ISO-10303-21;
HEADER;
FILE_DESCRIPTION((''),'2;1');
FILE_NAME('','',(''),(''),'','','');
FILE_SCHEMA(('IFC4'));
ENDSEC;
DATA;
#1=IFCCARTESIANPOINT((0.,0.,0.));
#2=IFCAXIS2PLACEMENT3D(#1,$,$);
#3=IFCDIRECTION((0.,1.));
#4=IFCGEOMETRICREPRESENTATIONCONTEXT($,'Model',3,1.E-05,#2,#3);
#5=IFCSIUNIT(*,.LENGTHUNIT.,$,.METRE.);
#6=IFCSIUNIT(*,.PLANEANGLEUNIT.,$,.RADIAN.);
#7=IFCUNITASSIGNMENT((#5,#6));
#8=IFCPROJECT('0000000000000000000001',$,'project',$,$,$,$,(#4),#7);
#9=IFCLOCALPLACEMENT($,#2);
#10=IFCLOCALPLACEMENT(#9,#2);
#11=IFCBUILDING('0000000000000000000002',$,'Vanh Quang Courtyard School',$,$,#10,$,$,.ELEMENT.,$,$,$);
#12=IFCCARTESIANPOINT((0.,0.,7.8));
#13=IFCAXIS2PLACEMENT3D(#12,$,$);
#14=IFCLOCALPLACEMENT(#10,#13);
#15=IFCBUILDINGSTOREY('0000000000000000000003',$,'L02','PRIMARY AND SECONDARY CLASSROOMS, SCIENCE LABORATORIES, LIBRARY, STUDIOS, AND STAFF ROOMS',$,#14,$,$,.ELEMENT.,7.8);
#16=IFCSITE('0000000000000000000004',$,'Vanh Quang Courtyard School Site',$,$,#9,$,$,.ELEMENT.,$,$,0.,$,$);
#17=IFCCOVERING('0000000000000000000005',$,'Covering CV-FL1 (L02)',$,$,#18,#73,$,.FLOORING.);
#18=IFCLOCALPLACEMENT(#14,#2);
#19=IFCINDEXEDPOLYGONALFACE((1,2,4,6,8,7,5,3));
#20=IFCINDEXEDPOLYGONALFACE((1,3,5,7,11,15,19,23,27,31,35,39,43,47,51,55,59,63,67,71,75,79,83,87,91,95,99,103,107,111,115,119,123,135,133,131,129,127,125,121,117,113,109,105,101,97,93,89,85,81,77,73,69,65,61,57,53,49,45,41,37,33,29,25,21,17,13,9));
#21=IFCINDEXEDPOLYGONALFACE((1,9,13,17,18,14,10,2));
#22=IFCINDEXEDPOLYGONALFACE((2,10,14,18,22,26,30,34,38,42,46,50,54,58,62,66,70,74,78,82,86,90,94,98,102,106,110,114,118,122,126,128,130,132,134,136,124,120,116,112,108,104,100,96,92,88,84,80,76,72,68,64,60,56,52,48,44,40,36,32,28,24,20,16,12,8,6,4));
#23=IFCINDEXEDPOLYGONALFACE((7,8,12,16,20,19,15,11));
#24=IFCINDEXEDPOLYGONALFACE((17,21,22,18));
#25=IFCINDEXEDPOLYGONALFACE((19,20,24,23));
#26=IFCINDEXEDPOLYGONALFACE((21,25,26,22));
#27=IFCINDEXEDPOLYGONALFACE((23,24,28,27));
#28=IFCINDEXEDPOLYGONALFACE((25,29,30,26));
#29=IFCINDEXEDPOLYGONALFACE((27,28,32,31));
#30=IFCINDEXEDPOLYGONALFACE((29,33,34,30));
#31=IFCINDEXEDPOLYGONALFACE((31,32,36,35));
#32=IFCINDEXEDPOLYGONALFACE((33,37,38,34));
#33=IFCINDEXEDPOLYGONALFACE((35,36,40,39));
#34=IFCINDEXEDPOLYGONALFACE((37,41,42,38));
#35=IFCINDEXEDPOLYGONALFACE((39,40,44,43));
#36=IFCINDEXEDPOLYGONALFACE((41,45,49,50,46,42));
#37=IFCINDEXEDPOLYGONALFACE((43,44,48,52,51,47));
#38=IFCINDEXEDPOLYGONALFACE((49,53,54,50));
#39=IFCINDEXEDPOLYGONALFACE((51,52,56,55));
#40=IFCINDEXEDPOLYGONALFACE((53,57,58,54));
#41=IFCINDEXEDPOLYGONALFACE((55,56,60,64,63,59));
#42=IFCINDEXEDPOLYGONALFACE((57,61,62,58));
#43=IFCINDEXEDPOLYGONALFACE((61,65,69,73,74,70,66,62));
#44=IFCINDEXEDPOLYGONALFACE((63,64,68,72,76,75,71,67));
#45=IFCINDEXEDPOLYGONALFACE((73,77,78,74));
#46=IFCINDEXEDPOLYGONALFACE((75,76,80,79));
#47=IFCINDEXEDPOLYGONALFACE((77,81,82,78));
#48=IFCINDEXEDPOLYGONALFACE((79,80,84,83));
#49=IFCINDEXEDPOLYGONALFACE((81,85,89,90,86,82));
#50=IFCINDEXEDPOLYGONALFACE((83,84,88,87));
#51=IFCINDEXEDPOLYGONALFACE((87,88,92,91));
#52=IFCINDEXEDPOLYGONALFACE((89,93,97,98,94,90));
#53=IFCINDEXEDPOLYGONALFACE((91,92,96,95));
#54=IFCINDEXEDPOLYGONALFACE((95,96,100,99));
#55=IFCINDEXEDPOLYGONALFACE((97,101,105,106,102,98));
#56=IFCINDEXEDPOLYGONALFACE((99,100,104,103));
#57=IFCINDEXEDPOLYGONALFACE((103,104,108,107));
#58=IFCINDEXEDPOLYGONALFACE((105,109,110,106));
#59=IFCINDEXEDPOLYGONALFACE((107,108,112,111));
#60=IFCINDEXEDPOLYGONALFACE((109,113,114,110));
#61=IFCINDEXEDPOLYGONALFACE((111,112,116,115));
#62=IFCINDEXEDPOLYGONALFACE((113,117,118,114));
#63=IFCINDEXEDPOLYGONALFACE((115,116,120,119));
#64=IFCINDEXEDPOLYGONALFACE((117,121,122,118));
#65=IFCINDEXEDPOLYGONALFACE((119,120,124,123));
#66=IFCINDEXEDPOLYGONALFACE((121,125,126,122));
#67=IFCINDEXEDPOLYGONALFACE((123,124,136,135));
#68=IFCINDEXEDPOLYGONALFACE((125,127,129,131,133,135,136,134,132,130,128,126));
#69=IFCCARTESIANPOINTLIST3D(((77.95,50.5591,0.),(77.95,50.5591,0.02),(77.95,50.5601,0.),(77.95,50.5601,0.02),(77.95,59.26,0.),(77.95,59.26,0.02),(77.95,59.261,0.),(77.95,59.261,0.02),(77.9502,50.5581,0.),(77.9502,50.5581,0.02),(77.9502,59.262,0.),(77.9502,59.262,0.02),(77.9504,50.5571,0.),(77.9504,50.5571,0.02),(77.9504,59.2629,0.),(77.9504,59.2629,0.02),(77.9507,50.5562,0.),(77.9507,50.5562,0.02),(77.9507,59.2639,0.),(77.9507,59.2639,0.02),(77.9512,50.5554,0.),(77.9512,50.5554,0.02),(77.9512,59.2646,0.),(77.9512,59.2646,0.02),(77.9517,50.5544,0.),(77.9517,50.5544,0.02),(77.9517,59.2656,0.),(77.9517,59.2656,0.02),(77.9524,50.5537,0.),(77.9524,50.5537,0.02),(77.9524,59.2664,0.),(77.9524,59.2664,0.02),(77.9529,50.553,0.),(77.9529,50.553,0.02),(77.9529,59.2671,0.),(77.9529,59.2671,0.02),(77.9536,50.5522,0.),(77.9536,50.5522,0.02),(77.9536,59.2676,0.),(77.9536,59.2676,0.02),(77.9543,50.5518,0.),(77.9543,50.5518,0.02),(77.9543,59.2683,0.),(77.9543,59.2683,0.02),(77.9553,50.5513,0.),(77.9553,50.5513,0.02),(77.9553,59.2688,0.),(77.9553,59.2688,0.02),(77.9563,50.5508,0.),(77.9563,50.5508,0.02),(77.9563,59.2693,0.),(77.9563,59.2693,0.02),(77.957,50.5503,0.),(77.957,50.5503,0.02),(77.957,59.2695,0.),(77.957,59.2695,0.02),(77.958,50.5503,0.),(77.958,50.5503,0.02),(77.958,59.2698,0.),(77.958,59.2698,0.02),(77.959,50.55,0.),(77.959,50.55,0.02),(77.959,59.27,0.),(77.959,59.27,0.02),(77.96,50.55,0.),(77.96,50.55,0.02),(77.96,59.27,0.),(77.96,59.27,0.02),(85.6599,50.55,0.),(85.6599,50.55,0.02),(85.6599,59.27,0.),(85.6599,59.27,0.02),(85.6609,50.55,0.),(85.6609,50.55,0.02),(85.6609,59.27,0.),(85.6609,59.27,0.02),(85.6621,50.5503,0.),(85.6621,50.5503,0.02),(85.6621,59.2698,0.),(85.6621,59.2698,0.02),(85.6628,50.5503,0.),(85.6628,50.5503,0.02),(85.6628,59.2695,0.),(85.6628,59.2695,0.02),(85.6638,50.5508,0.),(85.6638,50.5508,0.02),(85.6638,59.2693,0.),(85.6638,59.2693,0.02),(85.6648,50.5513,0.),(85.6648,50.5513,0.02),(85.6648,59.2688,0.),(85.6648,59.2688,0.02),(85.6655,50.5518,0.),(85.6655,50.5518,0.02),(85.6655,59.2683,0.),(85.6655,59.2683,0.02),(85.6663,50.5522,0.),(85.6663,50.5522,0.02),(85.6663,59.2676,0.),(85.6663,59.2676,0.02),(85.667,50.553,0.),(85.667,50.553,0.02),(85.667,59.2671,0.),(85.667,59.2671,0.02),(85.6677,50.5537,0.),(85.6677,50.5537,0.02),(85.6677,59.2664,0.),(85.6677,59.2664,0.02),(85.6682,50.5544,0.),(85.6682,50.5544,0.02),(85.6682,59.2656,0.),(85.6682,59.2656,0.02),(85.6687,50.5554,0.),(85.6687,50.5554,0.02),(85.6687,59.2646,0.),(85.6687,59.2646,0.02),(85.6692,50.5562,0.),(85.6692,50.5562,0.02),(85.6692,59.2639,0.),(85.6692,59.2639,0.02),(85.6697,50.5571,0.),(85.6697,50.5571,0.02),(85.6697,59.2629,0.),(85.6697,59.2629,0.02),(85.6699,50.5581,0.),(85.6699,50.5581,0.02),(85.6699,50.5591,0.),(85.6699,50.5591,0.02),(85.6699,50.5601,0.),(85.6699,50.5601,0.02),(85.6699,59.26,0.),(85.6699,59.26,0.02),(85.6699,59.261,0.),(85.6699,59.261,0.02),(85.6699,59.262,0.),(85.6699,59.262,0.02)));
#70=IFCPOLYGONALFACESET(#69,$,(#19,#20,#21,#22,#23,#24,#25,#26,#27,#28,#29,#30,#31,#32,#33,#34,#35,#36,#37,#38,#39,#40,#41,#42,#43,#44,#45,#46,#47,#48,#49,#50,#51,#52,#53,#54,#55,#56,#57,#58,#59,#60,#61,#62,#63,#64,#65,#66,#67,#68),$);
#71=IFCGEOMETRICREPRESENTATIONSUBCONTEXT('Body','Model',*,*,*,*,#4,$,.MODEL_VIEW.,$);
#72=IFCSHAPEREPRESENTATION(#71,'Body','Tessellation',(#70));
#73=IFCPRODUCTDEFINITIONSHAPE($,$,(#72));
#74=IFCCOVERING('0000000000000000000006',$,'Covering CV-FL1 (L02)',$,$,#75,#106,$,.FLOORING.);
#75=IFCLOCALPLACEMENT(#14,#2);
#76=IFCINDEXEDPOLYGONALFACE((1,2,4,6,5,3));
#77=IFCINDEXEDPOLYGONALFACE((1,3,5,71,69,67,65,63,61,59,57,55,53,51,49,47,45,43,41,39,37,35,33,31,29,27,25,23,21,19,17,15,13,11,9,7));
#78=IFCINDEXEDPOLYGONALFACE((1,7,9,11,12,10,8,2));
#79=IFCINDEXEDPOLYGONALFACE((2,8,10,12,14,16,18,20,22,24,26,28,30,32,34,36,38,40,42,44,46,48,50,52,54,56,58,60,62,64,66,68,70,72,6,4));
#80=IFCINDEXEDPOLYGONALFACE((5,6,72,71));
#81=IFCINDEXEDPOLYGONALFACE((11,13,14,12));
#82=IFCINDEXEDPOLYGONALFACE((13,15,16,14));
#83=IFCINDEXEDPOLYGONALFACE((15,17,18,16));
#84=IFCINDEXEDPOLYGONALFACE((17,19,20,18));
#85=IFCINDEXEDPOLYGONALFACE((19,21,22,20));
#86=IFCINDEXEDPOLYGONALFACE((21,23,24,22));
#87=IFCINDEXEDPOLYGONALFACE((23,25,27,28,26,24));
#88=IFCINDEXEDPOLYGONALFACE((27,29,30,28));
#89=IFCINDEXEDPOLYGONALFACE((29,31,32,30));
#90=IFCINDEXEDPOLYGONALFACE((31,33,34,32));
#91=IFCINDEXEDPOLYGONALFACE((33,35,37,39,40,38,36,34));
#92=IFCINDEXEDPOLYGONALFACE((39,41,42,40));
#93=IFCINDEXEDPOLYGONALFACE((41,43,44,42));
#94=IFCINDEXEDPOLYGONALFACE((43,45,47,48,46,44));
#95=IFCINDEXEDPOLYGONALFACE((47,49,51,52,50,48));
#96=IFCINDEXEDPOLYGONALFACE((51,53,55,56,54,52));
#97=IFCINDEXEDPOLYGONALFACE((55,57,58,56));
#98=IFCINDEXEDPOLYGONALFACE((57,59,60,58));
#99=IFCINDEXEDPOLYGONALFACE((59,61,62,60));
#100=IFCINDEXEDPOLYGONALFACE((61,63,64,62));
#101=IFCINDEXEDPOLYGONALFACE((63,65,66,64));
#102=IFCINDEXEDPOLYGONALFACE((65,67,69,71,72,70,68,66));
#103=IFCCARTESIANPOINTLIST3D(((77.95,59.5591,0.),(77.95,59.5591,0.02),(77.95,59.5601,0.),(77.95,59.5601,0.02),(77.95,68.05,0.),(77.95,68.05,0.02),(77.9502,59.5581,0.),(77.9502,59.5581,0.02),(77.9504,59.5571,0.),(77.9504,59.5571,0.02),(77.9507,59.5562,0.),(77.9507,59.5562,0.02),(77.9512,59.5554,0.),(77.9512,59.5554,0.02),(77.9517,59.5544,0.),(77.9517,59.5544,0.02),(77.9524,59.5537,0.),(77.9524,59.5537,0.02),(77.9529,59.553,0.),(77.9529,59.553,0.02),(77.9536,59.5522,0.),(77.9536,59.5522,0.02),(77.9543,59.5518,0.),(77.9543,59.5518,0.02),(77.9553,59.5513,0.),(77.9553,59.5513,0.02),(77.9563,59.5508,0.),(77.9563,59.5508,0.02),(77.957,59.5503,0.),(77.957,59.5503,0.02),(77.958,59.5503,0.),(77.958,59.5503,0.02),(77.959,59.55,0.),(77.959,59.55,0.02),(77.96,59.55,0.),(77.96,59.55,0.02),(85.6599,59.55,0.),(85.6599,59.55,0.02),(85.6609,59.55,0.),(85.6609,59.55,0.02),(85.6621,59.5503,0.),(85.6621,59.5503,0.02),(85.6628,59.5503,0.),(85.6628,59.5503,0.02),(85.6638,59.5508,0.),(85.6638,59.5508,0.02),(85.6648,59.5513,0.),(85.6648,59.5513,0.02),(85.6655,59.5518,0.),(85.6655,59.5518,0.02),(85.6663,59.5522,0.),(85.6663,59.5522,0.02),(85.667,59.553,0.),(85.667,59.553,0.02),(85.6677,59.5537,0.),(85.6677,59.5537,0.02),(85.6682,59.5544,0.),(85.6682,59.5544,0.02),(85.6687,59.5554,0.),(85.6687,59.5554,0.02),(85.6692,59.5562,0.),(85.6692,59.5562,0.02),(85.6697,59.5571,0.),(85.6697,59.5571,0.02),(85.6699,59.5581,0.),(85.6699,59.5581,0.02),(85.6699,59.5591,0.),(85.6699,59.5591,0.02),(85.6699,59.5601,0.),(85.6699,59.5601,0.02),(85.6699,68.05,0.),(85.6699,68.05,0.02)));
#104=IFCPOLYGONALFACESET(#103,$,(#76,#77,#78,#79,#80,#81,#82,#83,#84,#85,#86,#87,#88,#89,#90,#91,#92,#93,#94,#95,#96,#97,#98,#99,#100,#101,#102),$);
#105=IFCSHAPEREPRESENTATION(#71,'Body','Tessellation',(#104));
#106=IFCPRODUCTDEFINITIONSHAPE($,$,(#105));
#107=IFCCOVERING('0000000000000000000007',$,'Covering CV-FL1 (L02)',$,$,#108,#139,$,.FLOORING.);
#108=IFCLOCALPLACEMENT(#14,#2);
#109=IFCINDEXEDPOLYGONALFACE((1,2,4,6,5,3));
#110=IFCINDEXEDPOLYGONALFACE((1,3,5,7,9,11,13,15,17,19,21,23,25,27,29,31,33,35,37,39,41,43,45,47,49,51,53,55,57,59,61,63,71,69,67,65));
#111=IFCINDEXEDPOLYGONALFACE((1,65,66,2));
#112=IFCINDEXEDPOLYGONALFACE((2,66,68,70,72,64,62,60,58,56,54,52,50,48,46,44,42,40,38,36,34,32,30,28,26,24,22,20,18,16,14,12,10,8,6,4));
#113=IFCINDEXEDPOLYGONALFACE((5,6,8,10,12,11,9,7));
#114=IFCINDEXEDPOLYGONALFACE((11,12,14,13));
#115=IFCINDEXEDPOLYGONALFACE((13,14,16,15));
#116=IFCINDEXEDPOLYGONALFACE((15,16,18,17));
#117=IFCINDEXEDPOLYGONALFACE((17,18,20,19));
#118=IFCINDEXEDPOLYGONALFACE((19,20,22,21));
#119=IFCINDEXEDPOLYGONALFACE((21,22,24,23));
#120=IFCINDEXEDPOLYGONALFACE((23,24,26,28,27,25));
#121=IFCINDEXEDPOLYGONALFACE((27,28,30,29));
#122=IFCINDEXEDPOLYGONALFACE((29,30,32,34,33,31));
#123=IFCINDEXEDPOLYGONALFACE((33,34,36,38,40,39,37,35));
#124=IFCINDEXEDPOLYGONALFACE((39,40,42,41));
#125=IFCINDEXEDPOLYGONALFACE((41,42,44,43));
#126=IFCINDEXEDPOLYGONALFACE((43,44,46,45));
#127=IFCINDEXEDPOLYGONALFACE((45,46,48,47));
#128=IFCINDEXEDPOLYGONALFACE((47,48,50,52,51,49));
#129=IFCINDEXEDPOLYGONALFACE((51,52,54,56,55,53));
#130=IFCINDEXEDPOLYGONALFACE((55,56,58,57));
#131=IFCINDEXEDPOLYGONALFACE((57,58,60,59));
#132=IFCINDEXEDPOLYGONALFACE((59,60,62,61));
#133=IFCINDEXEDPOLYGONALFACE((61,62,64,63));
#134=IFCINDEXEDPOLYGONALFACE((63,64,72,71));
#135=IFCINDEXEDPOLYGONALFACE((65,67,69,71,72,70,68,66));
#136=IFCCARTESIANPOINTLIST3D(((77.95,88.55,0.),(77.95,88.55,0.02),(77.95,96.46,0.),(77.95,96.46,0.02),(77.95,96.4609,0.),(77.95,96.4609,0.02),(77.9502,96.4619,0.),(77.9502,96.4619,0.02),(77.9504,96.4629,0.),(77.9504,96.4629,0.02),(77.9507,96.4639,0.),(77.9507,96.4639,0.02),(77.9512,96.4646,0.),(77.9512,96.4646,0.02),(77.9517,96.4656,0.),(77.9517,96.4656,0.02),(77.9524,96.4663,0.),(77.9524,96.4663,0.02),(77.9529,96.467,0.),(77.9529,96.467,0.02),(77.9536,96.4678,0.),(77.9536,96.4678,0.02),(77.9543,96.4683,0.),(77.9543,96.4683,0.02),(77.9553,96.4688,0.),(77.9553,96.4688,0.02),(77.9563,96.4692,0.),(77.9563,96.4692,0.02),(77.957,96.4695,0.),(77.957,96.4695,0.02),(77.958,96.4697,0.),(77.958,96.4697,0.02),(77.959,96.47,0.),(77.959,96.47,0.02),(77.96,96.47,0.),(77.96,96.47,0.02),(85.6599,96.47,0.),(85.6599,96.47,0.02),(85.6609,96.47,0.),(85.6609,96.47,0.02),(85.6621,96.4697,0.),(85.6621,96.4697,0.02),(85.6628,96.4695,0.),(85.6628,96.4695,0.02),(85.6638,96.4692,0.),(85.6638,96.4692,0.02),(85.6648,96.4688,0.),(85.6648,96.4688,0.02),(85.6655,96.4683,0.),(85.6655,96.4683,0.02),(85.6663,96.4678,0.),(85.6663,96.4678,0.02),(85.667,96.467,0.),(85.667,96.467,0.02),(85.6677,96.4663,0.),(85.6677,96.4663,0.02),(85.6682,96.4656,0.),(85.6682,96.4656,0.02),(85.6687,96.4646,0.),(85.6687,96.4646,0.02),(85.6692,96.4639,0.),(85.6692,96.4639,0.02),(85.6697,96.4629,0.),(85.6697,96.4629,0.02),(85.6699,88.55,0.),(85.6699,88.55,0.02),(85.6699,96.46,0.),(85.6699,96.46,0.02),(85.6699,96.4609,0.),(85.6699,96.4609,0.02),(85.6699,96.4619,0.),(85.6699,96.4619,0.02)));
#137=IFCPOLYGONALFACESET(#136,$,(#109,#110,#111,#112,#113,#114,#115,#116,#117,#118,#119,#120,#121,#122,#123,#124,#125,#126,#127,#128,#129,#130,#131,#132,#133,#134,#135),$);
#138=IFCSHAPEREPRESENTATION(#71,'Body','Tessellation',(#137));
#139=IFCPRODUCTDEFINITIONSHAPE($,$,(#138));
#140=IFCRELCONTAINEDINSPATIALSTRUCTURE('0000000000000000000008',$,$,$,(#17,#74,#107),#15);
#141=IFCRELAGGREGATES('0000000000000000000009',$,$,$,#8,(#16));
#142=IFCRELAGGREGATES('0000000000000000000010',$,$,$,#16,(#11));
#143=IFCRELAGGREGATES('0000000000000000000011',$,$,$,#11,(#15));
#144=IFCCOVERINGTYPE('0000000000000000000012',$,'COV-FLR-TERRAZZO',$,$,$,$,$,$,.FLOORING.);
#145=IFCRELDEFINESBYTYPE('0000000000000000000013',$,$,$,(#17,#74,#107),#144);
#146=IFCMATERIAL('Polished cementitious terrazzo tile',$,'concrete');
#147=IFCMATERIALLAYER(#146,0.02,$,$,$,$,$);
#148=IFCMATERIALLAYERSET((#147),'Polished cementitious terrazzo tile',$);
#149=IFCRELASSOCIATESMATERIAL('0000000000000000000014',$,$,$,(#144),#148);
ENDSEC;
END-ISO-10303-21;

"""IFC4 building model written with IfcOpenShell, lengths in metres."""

from ifc_helpers import new_model, si_unit, direction, frame, origin, place, context, subcontext, project, spatial, polyline, outline, extrude, material, layer, layer_set, type_object, element, save


model = new_model("IFC4")

# Units and contexts
model_context = context("Model", 3, precision=1e-05, world=origin(), true_north=direction((0.0, 1.0)))
body_context = subcontext(model_context, "Body", "Model", "MODEL_VIEW")
ifc_project = project(units=[si_unit("LENGTHUNIT", "METRE"), si_unit("PLANEANGLEUNIT", "RADIAN")], contexts=[model_context])

# Site, building, storey
site_placement = place(None, origin())
site = spatial("IfcSite", under=ifc_project, at=site_placement, Name="Vanh Quang Courtyard School Site", CompositionType="ELEMENT", RefElevation=0.0)
building_placement = place(site_placement, origin())
building = spatial("IfcBuilding", under=site, at=building_placement, Name="Vanh Quang Courtyard School", CompositionType="ELEMENT")
storey_placement = place(building_placement, frame((0.0, 0.0, 7.8)))
storey = spatial("IfcBuildingStorey", under=building, at=storey_placement, Name="L02", Description="PRIMARY AND SECONDARY CLASSROOMS, SCIENCE LABORATORIES, LIBRARY, STUDIOS, AND STAFF ROOMS", CompositionType="ELEMENT", Elevation=7.8)

# Coverings
ifc_material_1 = material(Name="Polished cementitious terrazzo tile", Category="concrete")
ifc_layer_1 = layer(ifc_material_1, 0.02)
ifc_layer_set_1 = layer_set([ifc_layer_1], Name="Polished cementitious terrazzo tile")
covering_type_1 = type_object("IfcCoveringType", Name="COV-FLR-TERRAZZO", PredefinedType="FLOORING", material=ifc_layer_set_1)
covering_1_placement = place(storey_placement, origin())
element("IfcCovering", 1, at=covering_1_placement, inside=storey, type_object=covering_type_1, Name="Covering CV-FL1 (L02)", PredefinedType="FLOORING", context=body_context, shape_type="SweptSolid", body=[
    extrude(outline(polyline([(77.96, 50.55), (77.959, 50.55), (77.958, 50.5503), (77.957, 50.5503), (77.9563, 50.5508), (77.9553, 50.5513), (77.9543, 50.5518), (77.9536, 50.5522), (77.9529, 50.553), (77.9524, 50.5537), (77.9517, 50.5544), (77.9512, 50.5554), (77.9507, 50.5562), (77.9504, 50.5571), (77.9502, 50.5581), (77.95, 50.5591), (77.95, 50.5601), (77.95, 59.26), (77.95, 59.261), (77.9502, 59.262), (77.9504, 59.2629), (77.9507, 59.2639), (77.9512, 59.2646), (77.9517, 59.2656), (77.9524, 59.2664), (77.9529, 59.2671), (77.9536, 59.2676), (77.9543, 59.2683), (77.9553, 59.2688), (77.9563, 59.2693), (77.957, 59.2695), (77.958, 59.2698), (77.959, 59.27), (77.96, 59.27), (85.6599, 59.27), (85.6609, 59.27), (85.6621, 59.2698), (85.6628, 59.2695), (85.6638, 59.2693), (85.6648, 59.2688), (85.6655, 59.2683), (85.6663, 59.2676), (85.667, 59.2671), (85.6677, 59.2664), (85.6682, 59.2656), (85.6687, 59.2646), (85.6692, 59.2639), (85.6697, 59.2629), (85.6699, 59.262), (85.6699, 59.261), (85.6699, 59.26), (85.6699, 50.5601), (85.6699, 50.5591), (85.6699, 50.5581), (85.6697, 50.5571), (85.6692, 50.5562), (85.6687, 50.5554), (85.6682, 50.5544), (85.6677, 50.5537), (85.667, 50.553), (85.6663, 50.5522), (85.6655, 50.5518), (85.6648, 50.5513), (85.6638, 50.5508), (85.6628, 50.5503), (85.6621, 50.5503), (85.6609, 50.55), (85.6599, 50.55), (77.96, 50.55)])), origin(), (0.0, 0.0, 1.0), 0.02),
])
covering_2_placement = place(storey_placement, origin())
element("IfcCovering", 2, at=covering_2_placement, inside=storey, type_object=covering_type_1, Name="Covering CV-FL1 (L02)", PredefinedType="FLOORING", context=body_context, shape_type="SweptSolid", body=[
    extrude(outline(polyline([(77.96, 59.55), (77.959, 59.55), (77.958, 59.5503), (77.957, 59.5503), (77.9563, 59.5508), (77.9553, 59.5513), (77.9543, 59.5518), (77.9536, 59.5522), (77.9529, 59.553), (77.9524, 59.5537), (77.9517, 59.5544), (77.9512, 59.5554), (77.9507, 59.5562), (77.9504, 59.5571), (77.9502, 59.5581), (77.95, 59.5591), (77.95, 59.5601), (77.95, 68.05), (85.6699, 68.05), (85.6699, 59.5601), (85.6699, 59.5591), (85.6699, 59.5581), (85.6697, 59.5571), (85.6692, 59.5562), (85.6687, 59.5554), (85.6682, 59.5544), (85.6677, 59.5537), (85.667, 59.553), (85.6663, 59.5522), (85.6655, 59.5518), (85.6648, 59.5513), (85.6638, 59.5508), (85.6628, 59.5503), (85.6621, 59.5503), (85.6609, 59.55), (85.6599, 59.55), (77.96, 59.55)])), origin(), (0.0, 0.0, 1.0), 0.02),
])
covering_3_placement = place(storey_placement, origin())
element("IfcCovering", 3, at=covering_3_placement, inside=storey, type_object=covering_type_1, Name="Covering CV-FL1 (L02)", PredefinedType="FLOORING", context=body_context, shape_type="SweptSolid", body=[
    extrude(outline(polyline([(77.95, 96.46), (77.95, 96.4609), (77.9502, 96.4619), (77.9504, 96.4629), (77.9507, 96.4639), (77.9512, 96.4646), (77.9517, 96.4656), (77.9524, 96.4663), (77.9529, 96.467), (77.9536, 96.4678), (77.9543, 96.4683), (77.9553, 96.4688), (77.9563, 96.4692), (77.957, 96.4695), (77.958, 96.4697), (77.959, 96.47), (77.96, 96.47), (85.6599, 96.47), (85.6609, 96.47), (85.6621, 96.4697), (85.6628, 96.4695), (85.6638, 96.4692), (85.6648, 96.4688), (85.6655, 96.4683), (85.6663, 96.4678), (85.667, 96.467), (85.6677, 96.4663), (85.6682, 96.4656), (85.6687, 96.4646), (85.6692, 96.4639), (85.6697, 96.4629), (85.6699, 96.4619), (85.6699, 96.4609), (85.6699, 96.46), (85.6699, 88.55), (77.95, 88.55), (77.95, 96.46)])), origin(), (0.0, 0.0, 1.0), 0.02),
])

save(model, "model.ifc")
